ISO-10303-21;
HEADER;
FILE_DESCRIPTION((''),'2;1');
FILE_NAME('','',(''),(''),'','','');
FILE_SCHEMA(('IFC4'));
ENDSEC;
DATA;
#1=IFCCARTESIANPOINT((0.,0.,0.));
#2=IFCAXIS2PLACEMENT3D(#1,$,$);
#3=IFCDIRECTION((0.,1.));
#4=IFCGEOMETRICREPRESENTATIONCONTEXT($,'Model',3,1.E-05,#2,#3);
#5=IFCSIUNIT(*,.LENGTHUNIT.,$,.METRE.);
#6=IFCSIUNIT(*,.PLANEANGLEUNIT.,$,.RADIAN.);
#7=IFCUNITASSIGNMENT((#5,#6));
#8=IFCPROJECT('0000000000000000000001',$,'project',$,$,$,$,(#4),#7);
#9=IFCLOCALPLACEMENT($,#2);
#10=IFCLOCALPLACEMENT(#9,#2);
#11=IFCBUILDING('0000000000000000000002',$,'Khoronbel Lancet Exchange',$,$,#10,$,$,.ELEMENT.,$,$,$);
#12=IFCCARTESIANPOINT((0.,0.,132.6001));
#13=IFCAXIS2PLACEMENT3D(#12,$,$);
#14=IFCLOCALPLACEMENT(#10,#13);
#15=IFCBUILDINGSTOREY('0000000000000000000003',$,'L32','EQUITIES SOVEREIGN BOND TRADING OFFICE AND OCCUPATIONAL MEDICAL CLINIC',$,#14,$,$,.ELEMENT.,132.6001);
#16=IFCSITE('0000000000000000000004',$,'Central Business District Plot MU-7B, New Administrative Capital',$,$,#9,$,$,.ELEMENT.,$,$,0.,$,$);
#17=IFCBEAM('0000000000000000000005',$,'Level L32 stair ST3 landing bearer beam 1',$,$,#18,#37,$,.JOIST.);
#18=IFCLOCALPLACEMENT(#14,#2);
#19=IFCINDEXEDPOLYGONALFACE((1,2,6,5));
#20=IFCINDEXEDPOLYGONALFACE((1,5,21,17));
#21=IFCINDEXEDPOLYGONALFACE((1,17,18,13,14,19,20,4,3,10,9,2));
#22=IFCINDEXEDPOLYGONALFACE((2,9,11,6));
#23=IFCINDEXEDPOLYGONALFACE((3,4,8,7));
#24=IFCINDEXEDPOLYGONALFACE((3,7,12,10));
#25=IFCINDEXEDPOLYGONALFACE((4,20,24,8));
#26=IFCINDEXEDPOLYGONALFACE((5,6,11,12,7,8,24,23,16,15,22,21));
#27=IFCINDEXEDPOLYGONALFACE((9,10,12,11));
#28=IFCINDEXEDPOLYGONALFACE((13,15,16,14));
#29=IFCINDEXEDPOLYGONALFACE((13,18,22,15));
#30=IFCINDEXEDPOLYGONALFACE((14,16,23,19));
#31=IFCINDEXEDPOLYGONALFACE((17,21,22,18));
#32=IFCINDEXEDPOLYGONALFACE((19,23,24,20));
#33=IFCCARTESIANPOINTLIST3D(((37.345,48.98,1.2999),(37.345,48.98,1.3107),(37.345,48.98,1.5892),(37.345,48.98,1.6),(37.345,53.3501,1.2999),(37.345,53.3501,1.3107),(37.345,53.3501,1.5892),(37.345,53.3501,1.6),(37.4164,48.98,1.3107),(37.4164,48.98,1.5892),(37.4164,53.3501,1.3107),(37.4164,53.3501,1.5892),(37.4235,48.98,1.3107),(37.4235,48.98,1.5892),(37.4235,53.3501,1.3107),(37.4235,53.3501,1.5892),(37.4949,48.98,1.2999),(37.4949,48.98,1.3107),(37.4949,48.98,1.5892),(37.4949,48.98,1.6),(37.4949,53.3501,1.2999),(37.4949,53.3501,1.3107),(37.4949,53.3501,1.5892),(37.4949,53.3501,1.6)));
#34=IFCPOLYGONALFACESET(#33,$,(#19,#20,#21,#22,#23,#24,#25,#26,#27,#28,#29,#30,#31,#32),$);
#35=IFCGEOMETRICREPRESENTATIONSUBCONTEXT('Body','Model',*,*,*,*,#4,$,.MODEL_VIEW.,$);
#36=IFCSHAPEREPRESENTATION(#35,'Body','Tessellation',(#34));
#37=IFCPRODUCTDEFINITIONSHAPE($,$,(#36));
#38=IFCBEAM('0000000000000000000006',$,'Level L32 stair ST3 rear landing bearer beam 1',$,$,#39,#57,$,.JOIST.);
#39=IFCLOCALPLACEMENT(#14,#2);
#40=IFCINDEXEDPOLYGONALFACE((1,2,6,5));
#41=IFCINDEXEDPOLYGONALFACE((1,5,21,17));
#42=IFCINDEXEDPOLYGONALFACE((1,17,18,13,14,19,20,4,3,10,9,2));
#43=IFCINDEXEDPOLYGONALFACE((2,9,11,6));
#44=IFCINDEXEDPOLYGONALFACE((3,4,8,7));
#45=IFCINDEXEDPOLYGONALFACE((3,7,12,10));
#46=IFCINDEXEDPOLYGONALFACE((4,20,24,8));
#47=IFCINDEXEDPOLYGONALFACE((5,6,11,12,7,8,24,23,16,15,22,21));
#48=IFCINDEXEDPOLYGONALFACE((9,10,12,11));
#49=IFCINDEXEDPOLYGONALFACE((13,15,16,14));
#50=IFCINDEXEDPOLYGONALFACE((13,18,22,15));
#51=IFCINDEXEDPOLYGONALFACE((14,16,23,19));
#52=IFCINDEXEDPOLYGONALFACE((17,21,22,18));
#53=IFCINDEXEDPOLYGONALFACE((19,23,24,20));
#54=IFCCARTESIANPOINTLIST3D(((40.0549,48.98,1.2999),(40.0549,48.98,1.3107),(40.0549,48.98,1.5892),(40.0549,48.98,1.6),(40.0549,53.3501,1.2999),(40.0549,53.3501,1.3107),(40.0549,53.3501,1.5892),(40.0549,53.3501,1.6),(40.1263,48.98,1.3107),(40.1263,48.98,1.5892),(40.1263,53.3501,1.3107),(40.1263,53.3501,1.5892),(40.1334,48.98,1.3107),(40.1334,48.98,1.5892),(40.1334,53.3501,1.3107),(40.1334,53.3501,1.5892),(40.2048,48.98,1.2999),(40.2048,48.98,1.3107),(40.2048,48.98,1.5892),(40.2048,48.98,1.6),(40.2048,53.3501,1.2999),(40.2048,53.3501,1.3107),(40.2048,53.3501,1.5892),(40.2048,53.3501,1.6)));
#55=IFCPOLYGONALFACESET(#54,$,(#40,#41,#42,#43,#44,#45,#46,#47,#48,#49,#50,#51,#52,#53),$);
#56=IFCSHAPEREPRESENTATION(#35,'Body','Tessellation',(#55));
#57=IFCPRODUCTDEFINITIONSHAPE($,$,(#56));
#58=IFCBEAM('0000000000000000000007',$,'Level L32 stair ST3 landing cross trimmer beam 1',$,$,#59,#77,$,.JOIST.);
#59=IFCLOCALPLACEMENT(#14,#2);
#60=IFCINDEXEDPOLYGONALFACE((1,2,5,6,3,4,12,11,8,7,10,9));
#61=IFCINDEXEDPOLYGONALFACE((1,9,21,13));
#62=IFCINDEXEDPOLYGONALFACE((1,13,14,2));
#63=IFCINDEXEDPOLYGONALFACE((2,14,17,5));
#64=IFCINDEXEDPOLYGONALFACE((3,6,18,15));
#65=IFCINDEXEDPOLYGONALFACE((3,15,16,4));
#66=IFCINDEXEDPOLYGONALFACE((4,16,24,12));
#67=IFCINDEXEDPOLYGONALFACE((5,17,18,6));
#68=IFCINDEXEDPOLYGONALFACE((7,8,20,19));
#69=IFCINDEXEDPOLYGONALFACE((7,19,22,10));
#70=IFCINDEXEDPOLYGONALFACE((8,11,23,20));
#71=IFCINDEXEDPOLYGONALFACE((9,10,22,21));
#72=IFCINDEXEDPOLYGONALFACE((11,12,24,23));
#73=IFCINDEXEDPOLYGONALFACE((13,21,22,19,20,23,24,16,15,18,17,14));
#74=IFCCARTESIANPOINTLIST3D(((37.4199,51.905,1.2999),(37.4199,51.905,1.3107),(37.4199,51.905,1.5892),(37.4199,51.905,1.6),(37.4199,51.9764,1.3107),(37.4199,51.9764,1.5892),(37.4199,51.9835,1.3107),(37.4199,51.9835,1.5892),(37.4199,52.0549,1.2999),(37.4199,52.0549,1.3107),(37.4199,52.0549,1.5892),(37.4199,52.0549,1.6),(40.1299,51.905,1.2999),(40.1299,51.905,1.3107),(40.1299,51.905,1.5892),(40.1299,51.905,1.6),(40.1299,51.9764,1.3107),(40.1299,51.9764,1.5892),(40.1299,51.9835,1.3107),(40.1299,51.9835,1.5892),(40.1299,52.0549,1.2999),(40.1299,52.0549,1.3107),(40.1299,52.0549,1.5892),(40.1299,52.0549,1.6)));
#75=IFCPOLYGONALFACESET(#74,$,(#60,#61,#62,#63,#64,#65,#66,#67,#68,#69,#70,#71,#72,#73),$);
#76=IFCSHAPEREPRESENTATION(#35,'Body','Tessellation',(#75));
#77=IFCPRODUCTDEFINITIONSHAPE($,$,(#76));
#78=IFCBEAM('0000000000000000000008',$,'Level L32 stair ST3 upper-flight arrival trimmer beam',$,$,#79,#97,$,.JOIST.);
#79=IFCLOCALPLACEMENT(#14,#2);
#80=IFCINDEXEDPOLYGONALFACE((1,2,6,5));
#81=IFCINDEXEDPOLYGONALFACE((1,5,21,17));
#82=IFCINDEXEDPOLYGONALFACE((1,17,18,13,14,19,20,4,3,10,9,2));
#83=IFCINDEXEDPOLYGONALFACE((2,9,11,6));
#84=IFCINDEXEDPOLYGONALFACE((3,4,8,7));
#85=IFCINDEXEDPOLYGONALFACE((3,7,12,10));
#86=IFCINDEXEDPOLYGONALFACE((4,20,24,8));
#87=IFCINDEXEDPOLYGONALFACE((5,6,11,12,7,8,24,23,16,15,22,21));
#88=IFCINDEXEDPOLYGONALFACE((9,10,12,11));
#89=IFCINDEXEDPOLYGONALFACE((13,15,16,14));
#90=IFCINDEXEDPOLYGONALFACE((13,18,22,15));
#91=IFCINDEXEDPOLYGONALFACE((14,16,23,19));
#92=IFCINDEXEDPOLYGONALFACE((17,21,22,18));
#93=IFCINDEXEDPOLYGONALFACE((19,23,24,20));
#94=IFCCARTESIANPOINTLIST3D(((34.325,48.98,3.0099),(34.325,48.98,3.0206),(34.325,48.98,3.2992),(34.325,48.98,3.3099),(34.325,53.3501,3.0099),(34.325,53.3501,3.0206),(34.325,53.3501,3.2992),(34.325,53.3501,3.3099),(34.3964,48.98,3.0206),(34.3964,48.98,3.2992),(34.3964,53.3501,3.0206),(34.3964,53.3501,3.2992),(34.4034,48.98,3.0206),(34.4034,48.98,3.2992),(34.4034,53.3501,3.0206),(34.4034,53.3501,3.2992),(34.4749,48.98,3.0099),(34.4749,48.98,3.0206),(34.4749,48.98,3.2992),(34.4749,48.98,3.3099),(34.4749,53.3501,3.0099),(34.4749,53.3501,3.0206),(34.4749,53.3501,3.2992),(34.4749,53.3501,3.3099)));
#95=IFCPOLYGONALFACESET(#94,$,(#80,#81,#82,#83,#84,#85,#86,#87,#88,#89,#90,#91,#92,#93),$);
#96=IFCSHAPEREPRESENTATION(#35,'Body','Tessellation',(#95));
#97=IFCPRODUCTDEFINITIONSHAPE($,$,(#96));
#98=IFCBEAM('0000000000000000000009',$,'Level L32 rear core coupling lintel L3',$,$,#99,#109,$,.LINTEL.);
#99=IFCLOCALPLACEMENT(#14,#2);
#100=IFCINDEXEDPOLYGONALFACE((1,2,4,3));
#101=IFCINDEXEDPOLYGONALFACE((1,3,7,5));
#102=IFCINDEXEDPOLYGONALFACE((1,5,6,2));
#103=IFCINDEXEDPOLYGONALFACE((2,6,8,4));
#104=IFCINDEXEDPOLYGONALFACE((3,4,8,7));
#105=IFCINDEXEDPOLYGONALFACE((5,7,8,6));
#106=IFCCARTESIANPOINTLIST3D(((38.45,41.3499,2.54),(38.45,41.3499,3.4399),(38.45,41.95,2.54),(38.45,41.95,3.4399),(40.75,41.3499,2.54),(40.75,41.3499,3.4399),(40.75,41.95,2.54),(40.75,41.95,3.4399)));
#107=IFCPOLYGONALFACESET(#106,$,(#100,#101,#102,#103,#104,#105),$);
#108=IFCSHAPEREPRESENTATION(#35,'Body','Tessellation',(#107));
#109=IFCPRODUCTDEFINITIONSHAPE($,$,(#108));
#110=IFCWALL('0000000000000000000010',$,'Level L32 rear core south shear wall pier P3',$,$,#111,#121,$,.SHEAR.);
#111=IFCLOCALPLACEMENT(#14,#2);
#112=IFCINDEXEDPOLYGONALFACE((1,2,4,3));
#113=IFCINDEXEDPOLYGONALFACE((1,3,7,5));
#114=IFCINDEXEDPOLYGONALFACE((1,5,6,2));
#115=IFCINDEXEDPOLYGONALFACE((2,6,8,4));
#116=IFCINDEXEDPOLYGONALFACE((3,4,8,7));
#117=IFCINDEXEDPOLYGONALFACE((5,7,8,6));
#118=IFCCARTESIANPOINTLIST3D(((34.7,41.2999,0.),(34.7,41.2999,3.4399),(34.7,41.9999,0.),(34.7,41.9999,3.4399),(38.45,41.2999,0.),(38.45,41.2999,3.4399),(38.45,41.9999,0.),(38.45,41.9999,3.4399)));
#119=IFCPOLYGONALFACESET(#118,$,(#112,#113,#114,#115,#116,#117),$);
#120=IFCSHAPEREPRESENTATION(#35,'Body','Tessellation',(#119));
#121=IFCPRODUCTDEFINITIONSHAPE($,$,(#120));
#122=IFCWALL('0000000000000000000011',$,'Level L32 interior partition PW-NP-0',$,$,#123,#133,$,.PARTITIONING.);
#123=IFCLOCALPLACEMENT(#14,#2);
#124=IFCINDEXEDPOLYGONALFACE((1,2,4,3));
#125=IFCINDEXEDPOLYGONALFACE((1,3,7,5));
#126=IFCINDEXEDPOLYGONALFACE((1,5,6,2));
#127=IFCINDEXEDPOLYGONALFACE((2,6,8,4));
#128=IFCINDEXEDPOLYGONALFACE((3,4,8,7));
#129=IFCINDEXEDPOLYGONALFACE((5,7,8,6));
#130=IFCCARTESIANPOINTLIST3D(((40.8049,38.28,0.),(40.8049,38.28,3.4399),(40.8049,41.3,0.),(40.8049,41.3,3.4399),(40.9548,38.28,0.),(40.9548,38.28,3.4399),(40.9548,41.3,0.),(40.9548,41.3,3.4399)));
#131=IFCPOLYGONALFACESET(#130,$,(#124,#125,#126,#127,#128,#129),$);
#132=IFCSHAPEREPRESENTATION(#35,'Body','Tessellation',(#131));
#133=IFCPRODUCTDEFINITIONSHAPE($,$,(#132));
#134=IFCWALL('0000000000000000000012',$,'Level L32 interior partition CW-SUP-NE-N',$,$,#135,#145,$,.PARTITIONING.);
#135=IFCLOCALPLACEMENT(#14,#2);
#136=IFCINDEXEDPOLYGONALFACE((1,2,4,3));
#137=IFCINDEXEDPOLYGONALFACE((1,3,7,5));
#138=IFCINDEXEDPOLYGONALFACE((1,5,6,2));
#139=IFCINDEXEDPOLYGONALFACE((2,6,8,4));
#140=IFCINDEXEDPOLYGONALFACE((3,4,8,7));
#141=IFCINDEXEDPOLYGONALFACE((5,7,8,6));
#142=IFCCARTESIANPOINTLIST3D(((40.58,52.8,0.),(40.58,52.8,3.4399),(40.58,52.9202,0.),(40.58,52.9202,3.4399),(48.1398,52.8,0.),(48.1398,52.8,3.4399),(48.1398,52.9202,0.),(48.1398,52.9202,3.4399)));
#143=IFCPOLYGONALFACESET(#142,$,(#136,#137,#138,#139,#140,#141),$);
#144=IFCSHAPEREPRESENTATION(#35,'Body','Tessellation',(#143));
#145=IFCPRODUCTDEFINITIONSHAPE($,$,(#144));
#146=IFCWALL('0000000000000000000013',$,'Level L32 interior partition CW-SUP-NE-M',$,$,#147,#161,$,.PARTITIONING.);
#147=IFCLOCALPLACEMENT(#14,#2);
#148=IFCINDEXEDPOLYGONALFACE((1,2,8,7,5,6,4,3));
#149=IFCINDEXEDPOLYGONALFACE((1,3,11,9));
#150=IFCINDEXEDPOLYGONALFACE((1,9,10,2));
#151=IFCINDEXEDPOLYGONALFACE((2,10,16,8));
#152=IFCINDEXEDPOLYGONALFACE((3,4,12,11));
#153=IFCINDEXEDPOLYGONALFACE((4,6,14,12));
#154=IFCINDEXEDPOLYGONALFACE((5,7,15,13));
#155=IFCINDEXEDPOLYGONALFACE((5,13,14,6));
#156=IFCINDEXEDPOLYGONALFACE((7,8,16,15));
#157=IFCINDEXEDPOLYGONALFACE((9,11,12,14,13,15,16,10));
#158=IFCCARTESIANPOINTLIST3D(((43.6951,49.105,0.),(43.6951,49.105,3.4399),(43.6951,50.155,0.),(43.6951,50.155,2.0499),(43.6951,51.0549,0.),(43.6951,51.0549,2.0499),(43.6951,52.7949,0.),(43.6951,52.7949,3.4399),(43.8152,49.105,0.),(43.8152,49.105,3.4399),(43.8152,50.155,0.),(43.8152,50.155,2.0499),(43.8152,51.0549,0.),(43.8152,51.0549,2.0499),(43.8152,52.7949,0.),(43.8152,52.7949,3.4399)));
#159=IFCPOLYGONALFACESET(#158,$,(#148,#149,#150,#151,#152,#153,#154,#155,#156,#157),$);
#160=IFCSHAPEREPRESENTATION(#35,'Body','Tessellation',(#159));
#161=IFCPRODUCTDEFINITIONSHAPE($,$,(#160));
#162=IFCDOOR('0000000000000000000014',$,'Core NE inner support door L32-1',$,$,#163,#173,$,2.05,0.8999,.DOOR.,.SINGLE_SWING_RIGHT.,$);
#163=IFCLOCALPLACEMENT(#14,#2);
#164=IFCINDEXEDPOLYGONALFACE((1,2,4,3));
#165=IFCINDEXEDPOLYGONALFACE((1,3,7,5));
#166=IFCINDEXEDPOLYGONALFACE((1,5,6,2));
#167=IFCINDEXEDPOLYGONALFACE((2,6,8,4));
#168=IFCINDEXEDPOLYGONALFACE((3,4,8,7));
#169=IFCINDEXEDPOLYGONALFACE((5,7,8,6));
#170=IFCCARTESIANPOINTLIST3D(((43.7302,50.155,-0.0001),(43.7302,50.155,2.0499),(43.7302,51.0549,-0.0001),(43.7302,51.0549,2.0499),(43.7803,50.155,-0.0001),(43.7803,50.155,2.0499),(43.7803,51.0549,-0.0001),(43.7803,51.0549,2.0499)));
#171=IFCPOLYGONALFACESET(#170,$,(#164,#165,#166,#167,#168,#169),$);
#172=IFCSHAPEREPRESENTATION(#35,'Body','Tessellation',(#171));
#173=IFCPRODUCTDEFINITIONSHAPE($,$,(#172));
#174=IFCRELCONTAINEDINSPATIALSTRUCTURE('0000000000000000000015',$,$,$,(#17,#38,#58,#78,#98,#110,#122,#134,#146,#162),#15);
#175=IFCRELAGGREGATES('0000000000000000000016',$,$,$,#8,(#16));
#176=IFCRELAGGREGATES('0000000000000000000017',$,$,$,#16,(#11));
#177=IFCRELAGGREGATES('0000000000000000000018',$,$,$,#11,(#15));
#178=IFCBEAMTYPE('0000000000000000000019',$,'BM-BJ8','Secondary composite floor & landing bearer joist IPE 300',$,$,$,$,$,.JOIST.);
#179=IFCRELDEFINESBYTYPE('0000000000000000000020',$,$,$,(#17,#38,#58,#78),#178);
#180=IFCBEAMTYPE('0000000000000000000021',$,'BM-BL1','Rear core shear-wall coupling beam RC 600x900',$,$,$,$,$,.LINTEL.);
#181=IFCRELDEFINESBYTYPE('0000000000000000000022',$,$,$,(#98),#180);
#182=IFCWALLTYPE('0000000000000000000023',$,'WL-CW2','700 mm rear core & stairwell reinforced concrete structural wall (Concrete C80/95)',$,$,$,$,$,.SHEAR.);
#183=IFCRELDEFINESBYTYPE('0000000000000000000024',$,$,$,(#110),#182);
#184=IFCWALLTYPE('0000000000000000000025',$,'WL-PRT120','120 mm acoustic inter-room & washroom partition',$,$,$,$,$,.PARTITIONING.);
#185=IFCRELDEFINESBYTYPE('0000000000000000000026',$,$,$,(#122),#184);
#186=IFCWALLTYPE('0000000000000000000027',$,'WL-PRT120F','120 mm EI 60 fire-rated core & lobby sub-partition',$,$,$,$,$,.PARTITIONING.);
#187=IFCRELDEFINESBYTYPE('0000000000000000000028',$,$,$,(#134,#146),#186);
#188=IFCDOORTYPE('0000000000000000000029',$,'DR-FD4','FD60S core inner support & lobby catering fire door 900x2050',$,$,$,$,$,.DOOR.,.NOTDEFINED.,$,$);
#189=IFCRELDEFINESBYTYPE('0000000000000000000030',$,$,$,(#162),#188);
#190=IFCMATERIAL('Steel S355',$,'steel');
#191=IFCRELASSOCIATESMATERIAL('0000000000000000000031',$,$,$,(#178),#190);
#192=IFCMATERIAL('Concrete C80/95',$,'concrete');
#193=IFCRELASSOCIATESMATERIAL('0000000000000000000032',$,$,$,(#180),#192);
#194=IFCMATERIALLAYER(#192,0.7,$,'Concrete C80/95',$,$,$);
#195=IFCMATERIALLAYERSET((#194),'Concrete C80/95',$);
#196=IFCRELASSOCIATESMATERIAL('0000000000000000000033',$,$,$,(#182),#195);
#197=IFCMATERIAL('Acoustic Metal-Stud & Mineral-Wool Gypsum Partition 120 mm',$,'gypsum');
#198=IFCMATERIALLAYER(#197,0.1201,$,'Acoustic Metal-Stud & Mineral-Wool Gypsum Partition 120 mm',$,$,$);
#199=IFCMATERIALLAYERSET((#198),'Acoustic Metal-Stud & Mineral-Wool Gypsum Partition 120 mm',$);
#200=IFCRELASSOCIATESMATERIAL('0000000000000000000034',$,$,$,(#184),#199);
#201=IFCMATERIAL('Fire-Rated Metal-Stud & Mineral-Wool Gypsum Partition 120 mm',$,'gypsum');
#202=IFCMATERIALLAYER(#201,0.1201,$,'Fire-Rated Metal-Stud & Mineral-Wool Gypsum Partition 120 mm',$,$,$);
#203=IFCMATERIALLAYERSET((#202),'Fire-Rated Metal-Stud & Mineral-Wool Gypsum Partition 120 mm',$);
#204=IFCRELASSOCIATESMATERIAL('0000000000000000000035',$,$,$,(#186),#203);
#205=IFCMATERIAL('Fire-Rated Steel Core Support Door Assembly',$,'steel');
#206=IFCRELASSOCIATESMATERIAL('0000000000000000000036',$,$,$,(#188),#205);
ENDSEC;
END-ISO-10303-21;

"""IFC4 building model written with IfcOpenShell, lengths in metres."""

from ifc_helpers import new_model, si_unit, direction, frame, frame_2d, origin, origin_2d, place, context, subcontext, project, spatial, rectangle, i_section, extrude, material, layer, layer_set, material_profile, profile_set, type_object, element, fill, save


model = new_model("IFC4")

# Units and contexts
model_context = context("Model", 3, precision=1e-05, world=origin(), true_north=direction((0.0, 1.0)))
body_context = subcontext(model_context, "Body", "Model", "MODEL_VIEW")
ifc_project = project(units=[si_unit("LENGTHUNIT", "METRE"), si_unit("PLANEANGLEUNIT", "RADIAN")], contexts=[model_context])

# Site, building, storey
site_placement = place(None, origin())
site = spatial("IfcSite", under=ifc_project, at=site_placement, Name="Central Business District Plot MU-7B, New Administrative Capital", CompositionType="ELEMENT", RefElevation=0.0)
building_placement = place(site_placement, origin())
building = spatial("IfcBuilding", under=site, at=building_placement, Name="Khoronbel Lancet Exchange", CompositionType="ELEMENT")
storey_placement = place(building_placement, frame((0.0, 0.0, 132.6001)))
storey = spatial("IfcBuildingStorey", under=building, at=storey_placement, Name="L32", Description="EQUITIES SOVEREIGN BOND TRADING OFFICE AND OCCUPATIONAL MEDICAL CLINIC", CompositionType="ELEMENT", Elevation=132.6001)

# Beams
ifc_material_1 = material(Name="Steel S355", Category="steel")
ifc_material_profile_1 = material_profile(ifc_material_1, i_section(OverallWidth=0.1499, OverallDepth=0.3, WebThickness=0.0071, FlangeThickness=0.0107, at=origin_2d()), Name="IPE 300")
ifc_profile_set_1 = profile_set([ifc_material_profile_1], Name="Steel S355")
beam_type_1 = type_object("IfcBeamType", Name="BM-BJ8", Description="Secondary composite floor & landing bearer joist IPE 300", PredefinedType="JOIST", material=ifc_profile_set_1)
for number, where, z_axis, x_axis, name in (
    (1, (37.4199, 48.98, 1.45), (0.0, 1.0, 0.0), (-1.0, 0.0, 0.0), "Level L32 stair ST3 landing bearer beam 1"),
    (2, (40.1299, 48.98, 1.45), (0.0, 1.0, 0.0), (-1.0, 0.0, 0.0), "Level L32 stair ST3 rear landing bearer beam 1"),
):
    element("IfcBeam", number, at=place(storey_placement, frame(where, z_axis=z_axis, x_axis=x_axis)), inside=storey, type_object=beam_type_1, Name=name, PredefinedType="JOIST", context=body_context, shape_type="SweptSolid", body=[
        extrude(i_section(OverallWidth=0.1499, OverallDepth=0.3, WebThickness=0.0071, FlangeThickness=0.0107, at=origin_2d()), origin(), (0.0, 0.0, 1.0), 4.3701),
    ])
beam_1_placement = place(storey_placement, frame((37.4199, 51.98, 1.45), z_axis=(1.0, 0.0, 0.0), x_axis=(0.0, 1.0, 0.0)))
element("IfcBeam", 3, at=beam_1_placement, inside=storey, type_object=beam_type_1, Name="Level L32 stair ST3 landing cross trimmer beam 1", PredefinedType="JOIST", context=body_context, shape_type="SweptSolid", body=[
    extrude(i_section(OverallWidth=0.1499, OverallDepth=0.3, WebThickness=0.0071, FlangeThickness=0.0107, at=origin_2d()), origin(), (0.0, 0.0, 1.0), 2.71),
])
beam_2_placement = place(storey_placement, frame((34.3999, 48.98, 3.1599), z_axis=(0.0, 1.0, 0.0), x_axis=(-1.0, 0.0, 0.0)))
element("IfcBeam", 4, at=beam_2_placement, inside=storey, type_object=beam_type_1, Name="Level L32 stair ST3 upper-flight arrival trimmer beam", PredefinedType="JOIST", context=body_context, shape_type="SweptSolid", body=[
    extrude(i_section(OverallWidth=0.1499, OverallDepth=0.3, WebThickness=0.0071, FlangeThickness=0.0107, at=origin_2d()), origin(), (0.0, 0.0, 1.0), 4.3701),
])
ifc_material_2 = material(Name="Concrete C80/95", Category="concrete")
ifc_material_profile_2 = material_profile(ifc_material_2, rectangle(XDim=0.6001, YDim=0.8999, at=origin_2d()), Name="RC 600x900")
ifc_profile_set_2 = profile_set([ifc_material_profile_2], Name="Concrete C80/95")
beam_type_2 = type_object("IfcBeamType", Name="BM-BL1", Description="Rear core shear-wall coupling beam RC 600x900", PredefinedType="LINTEL", material=ifc_profile_set_2)
beam_3_placement = place(storey_placement, frame((38.45, 41.6499, 2.99), z_axis=(1.0, 0.0, 0.0), x_axis=(0.0, 1.0, 0.0)))
element("IfcBeam", 5, at=beam_3_placement, inside=storey, type_object=beam_type_2, Name="Level L32 rear core coupling lintel L3", PredefinedType="LINTEL", context=body_context, shape_type="SweptSolid", body=[
    extrude(rectangle(XDim=0.6001, YDim=0.8999, at=origin_2d()), origin(), (0.0, 0.0, 1.0), 2.3),
])

# Walls
ifc_layer_1 = layer(ifc_material_2, 0.7, Name="Concrete C80/95")
ifc_layer_set_1 = layer_set([ifc_layer_1], Name="Concrete C80/95")
wall_type_1 = type_object("IfcWallType", Name="WL-CW2", Description="700 mm rear core & stairwell reinforced concrete structural wall (Concrete C80/95)", PredefinedType="SHEAR", material=ifc_layer_set_1)
wall_1_placement = place(storey_placement, frame((38.45, 41.6499, 0.0), z_axis=(0.0, 0.0, 1.0), x_axis=(-1.0, 0.0, 0.0)))
element("IfcWall", 6, at=wall_1_placement, inside=storey, type_object=wall_type_1, Name="Level L32 rear core south shear wall pier P3", PredefinedType="SHEAR", context=body_context, shape_type="SweptSolid", body=[
    extrude(rectangle(XDim=3.75, YDim=0.7, at=frame_2d((1.875, 0.0))), origin(), (0.0, 0.0, 1.0), 3.4399),
])
ifc_material_3 = material(Name="Acoustic Metal-Stud & Mineral-Wool Gypsum Partition 120 mm", Category="gypsum")
ifc_layer_2 = layer(ifc_material_3, 0.1201, Name="Acoustic Metal-Stud & Mineral-Wool Gypsum Partition 120 mm")
ifc_layer_set_2 = layer_set([ifc_layer_2], Name="Acoustic Metal-Stud & Mineral-Wool Gypsum Partition 120 mm")
wall_type_2 = type_object("IfcWallType", Name="WL-PRT120", Description="120 mm acoustic inter-room & washroom partition", PredefinedType="PARTITIONING", material=ifc_layer_set_2)
wall_2_placement = place(storey_placement, frame((40.8799, 38.28, 0.0), z_axis=(0.0, 0.0, 1.0), x_axis=(0.0, 1.0, 0.0)))
element("IfcWall", 7, at=wall_2_placement, inside=storey, type_object=wall_type_2, Name="Level L32 interior partition PW-NP-0", PredefinedType="PARTITIONING", context=body_context, shape_type="SweptSolid", body=[
    extrude(rectangle(XDim=3.02, YDim=0.1499, at=frame_2d((1.51, 0.0))), origin(), (0.0, 0.0, 1.0), 3.4399),
])
ifc_material_4 = material(Name="Fire-Rated Metal-Stud & Mineral-Wool Gypsum Partition 120 mm", Category="gypsum")
ifc_layer_3 = layer(ifc_material_4, 0.1201, Name="Fire-Rated Metal-Stud & Mineral-Wool Gypsum Partition 120 mm")
ifc_layer_set_3 = layer_set([ifc_layer_3], Name="Fire-Rated Metal-Stud & Mineral-Wool Gypsum Partition 120 mm")
wall_type_3 = type_object("IfcWallType", Name="WL-PRT120F", Description="120 mm EI 60 fire-rated core & lobby sub-partition", PredefinedType="PARTITIONING", material=ifc_layer_set_3)
wall_3_placement = place(storey_placement, frame((40.5801, 52.8601, 0.0), z_axis=(0.0, 0.0, 1.0), x_axis=(1.0, 0.0, 0.0)))
element("IfcWall", 8, at=wall_3_placement, inside=storey, type_object=wall_type_3, Name="Level L32 interior partition CW-SUP-NE-N", PredefinedType="PARTITIONING", context=body_context, shape_type="SweptSolid", body=[
    extrude(rectangle(XDim=7.5598, YDim=0.1201, at=frame_2d((3.7798, 0.0))), origin(), (0.0, 0.0, 1.0), 3.4399),
])

# Wall, opening, door
wall_4_placement = place(storey_placement, frame((43.7551, 49.105, 0.0), z_axis=(0.0, 0.0, 1.0), x_axis=(0.0, 1.0, 0.0)))
wall_4 = element("IfcWall", 9, at=wall_4_placement, inside=storey, type_object=wall_type_3, Name="Level L32 interior partition CW-SUP-NE-M", PredefinedType="PARTITIONING", context=body_context, shape_type="SweptSolid", body=[
    extrude(rectangle(XDim=3.6899, YDim=0.1201, at=frame_2d((1.845, 0.0))), origin(), (0.0, 0.0, 1.0), 3.4399),
])
opening_1_placement = place(wall_4_placement, frame((1.05, 0.0, 0.0)))
opening_1 = element("IfcOpeningElement", 10, at=opening_1_placement, cuts=wall_4, PredefinedType="OPENING", context=body_context, shape_type="SweptSolid", body=[
    extrude(rectangle(XDim=0.8999, YDim=2.05, at=frame_2d((0.45, 1.0249))), frame((0.0, 0.0701, 0.0), z_axis=(0.0, -1.0, 0.0), x_axis=(1.0, 0.0, 0.0)), (0.0, 0.0, 1.0), 0.1401),
])
ifc_material_5 = material(Name="Fire-Rated Steel Core Support Door Assembly", Category="steel")
door_type_1 = type_object("IfcDoorType", Name="DR-FD4", Description="FD60S core inner support & lobby catering fire door 900x2050", OperationType="NOTDEFINED", PredefinedType="DOOR", material=ifc_material_5)
door_1_placement = place(opening_1_placement, origin())
door_1 = element("IfcDoor", 11, at=door_1_placement, inside=storey, type_object=door_type_1, Name="Core NE inner support door L32-1", OperationType="SINGLE_SWING_RIGHT", OverallHeight=2.05, OverallWidth=0.8999, PredefinedType="DOOR", context=body_context, shape_type="SweptSolid", body=[
    extrude(rectangle(XDim=0.8999, YDim=2.05, at=frame_2d((0.45, 1.0249))), frame((0.0, 0.0249, 0.0), z_axis=(0.0, -1.0, 0.0), x_axis=(1.0, 0.0, 0.0)), (0.0, 0.0, 1.0), 0.05),
])
fill(opening_1, door_1)

save(model, "model.ifc")
